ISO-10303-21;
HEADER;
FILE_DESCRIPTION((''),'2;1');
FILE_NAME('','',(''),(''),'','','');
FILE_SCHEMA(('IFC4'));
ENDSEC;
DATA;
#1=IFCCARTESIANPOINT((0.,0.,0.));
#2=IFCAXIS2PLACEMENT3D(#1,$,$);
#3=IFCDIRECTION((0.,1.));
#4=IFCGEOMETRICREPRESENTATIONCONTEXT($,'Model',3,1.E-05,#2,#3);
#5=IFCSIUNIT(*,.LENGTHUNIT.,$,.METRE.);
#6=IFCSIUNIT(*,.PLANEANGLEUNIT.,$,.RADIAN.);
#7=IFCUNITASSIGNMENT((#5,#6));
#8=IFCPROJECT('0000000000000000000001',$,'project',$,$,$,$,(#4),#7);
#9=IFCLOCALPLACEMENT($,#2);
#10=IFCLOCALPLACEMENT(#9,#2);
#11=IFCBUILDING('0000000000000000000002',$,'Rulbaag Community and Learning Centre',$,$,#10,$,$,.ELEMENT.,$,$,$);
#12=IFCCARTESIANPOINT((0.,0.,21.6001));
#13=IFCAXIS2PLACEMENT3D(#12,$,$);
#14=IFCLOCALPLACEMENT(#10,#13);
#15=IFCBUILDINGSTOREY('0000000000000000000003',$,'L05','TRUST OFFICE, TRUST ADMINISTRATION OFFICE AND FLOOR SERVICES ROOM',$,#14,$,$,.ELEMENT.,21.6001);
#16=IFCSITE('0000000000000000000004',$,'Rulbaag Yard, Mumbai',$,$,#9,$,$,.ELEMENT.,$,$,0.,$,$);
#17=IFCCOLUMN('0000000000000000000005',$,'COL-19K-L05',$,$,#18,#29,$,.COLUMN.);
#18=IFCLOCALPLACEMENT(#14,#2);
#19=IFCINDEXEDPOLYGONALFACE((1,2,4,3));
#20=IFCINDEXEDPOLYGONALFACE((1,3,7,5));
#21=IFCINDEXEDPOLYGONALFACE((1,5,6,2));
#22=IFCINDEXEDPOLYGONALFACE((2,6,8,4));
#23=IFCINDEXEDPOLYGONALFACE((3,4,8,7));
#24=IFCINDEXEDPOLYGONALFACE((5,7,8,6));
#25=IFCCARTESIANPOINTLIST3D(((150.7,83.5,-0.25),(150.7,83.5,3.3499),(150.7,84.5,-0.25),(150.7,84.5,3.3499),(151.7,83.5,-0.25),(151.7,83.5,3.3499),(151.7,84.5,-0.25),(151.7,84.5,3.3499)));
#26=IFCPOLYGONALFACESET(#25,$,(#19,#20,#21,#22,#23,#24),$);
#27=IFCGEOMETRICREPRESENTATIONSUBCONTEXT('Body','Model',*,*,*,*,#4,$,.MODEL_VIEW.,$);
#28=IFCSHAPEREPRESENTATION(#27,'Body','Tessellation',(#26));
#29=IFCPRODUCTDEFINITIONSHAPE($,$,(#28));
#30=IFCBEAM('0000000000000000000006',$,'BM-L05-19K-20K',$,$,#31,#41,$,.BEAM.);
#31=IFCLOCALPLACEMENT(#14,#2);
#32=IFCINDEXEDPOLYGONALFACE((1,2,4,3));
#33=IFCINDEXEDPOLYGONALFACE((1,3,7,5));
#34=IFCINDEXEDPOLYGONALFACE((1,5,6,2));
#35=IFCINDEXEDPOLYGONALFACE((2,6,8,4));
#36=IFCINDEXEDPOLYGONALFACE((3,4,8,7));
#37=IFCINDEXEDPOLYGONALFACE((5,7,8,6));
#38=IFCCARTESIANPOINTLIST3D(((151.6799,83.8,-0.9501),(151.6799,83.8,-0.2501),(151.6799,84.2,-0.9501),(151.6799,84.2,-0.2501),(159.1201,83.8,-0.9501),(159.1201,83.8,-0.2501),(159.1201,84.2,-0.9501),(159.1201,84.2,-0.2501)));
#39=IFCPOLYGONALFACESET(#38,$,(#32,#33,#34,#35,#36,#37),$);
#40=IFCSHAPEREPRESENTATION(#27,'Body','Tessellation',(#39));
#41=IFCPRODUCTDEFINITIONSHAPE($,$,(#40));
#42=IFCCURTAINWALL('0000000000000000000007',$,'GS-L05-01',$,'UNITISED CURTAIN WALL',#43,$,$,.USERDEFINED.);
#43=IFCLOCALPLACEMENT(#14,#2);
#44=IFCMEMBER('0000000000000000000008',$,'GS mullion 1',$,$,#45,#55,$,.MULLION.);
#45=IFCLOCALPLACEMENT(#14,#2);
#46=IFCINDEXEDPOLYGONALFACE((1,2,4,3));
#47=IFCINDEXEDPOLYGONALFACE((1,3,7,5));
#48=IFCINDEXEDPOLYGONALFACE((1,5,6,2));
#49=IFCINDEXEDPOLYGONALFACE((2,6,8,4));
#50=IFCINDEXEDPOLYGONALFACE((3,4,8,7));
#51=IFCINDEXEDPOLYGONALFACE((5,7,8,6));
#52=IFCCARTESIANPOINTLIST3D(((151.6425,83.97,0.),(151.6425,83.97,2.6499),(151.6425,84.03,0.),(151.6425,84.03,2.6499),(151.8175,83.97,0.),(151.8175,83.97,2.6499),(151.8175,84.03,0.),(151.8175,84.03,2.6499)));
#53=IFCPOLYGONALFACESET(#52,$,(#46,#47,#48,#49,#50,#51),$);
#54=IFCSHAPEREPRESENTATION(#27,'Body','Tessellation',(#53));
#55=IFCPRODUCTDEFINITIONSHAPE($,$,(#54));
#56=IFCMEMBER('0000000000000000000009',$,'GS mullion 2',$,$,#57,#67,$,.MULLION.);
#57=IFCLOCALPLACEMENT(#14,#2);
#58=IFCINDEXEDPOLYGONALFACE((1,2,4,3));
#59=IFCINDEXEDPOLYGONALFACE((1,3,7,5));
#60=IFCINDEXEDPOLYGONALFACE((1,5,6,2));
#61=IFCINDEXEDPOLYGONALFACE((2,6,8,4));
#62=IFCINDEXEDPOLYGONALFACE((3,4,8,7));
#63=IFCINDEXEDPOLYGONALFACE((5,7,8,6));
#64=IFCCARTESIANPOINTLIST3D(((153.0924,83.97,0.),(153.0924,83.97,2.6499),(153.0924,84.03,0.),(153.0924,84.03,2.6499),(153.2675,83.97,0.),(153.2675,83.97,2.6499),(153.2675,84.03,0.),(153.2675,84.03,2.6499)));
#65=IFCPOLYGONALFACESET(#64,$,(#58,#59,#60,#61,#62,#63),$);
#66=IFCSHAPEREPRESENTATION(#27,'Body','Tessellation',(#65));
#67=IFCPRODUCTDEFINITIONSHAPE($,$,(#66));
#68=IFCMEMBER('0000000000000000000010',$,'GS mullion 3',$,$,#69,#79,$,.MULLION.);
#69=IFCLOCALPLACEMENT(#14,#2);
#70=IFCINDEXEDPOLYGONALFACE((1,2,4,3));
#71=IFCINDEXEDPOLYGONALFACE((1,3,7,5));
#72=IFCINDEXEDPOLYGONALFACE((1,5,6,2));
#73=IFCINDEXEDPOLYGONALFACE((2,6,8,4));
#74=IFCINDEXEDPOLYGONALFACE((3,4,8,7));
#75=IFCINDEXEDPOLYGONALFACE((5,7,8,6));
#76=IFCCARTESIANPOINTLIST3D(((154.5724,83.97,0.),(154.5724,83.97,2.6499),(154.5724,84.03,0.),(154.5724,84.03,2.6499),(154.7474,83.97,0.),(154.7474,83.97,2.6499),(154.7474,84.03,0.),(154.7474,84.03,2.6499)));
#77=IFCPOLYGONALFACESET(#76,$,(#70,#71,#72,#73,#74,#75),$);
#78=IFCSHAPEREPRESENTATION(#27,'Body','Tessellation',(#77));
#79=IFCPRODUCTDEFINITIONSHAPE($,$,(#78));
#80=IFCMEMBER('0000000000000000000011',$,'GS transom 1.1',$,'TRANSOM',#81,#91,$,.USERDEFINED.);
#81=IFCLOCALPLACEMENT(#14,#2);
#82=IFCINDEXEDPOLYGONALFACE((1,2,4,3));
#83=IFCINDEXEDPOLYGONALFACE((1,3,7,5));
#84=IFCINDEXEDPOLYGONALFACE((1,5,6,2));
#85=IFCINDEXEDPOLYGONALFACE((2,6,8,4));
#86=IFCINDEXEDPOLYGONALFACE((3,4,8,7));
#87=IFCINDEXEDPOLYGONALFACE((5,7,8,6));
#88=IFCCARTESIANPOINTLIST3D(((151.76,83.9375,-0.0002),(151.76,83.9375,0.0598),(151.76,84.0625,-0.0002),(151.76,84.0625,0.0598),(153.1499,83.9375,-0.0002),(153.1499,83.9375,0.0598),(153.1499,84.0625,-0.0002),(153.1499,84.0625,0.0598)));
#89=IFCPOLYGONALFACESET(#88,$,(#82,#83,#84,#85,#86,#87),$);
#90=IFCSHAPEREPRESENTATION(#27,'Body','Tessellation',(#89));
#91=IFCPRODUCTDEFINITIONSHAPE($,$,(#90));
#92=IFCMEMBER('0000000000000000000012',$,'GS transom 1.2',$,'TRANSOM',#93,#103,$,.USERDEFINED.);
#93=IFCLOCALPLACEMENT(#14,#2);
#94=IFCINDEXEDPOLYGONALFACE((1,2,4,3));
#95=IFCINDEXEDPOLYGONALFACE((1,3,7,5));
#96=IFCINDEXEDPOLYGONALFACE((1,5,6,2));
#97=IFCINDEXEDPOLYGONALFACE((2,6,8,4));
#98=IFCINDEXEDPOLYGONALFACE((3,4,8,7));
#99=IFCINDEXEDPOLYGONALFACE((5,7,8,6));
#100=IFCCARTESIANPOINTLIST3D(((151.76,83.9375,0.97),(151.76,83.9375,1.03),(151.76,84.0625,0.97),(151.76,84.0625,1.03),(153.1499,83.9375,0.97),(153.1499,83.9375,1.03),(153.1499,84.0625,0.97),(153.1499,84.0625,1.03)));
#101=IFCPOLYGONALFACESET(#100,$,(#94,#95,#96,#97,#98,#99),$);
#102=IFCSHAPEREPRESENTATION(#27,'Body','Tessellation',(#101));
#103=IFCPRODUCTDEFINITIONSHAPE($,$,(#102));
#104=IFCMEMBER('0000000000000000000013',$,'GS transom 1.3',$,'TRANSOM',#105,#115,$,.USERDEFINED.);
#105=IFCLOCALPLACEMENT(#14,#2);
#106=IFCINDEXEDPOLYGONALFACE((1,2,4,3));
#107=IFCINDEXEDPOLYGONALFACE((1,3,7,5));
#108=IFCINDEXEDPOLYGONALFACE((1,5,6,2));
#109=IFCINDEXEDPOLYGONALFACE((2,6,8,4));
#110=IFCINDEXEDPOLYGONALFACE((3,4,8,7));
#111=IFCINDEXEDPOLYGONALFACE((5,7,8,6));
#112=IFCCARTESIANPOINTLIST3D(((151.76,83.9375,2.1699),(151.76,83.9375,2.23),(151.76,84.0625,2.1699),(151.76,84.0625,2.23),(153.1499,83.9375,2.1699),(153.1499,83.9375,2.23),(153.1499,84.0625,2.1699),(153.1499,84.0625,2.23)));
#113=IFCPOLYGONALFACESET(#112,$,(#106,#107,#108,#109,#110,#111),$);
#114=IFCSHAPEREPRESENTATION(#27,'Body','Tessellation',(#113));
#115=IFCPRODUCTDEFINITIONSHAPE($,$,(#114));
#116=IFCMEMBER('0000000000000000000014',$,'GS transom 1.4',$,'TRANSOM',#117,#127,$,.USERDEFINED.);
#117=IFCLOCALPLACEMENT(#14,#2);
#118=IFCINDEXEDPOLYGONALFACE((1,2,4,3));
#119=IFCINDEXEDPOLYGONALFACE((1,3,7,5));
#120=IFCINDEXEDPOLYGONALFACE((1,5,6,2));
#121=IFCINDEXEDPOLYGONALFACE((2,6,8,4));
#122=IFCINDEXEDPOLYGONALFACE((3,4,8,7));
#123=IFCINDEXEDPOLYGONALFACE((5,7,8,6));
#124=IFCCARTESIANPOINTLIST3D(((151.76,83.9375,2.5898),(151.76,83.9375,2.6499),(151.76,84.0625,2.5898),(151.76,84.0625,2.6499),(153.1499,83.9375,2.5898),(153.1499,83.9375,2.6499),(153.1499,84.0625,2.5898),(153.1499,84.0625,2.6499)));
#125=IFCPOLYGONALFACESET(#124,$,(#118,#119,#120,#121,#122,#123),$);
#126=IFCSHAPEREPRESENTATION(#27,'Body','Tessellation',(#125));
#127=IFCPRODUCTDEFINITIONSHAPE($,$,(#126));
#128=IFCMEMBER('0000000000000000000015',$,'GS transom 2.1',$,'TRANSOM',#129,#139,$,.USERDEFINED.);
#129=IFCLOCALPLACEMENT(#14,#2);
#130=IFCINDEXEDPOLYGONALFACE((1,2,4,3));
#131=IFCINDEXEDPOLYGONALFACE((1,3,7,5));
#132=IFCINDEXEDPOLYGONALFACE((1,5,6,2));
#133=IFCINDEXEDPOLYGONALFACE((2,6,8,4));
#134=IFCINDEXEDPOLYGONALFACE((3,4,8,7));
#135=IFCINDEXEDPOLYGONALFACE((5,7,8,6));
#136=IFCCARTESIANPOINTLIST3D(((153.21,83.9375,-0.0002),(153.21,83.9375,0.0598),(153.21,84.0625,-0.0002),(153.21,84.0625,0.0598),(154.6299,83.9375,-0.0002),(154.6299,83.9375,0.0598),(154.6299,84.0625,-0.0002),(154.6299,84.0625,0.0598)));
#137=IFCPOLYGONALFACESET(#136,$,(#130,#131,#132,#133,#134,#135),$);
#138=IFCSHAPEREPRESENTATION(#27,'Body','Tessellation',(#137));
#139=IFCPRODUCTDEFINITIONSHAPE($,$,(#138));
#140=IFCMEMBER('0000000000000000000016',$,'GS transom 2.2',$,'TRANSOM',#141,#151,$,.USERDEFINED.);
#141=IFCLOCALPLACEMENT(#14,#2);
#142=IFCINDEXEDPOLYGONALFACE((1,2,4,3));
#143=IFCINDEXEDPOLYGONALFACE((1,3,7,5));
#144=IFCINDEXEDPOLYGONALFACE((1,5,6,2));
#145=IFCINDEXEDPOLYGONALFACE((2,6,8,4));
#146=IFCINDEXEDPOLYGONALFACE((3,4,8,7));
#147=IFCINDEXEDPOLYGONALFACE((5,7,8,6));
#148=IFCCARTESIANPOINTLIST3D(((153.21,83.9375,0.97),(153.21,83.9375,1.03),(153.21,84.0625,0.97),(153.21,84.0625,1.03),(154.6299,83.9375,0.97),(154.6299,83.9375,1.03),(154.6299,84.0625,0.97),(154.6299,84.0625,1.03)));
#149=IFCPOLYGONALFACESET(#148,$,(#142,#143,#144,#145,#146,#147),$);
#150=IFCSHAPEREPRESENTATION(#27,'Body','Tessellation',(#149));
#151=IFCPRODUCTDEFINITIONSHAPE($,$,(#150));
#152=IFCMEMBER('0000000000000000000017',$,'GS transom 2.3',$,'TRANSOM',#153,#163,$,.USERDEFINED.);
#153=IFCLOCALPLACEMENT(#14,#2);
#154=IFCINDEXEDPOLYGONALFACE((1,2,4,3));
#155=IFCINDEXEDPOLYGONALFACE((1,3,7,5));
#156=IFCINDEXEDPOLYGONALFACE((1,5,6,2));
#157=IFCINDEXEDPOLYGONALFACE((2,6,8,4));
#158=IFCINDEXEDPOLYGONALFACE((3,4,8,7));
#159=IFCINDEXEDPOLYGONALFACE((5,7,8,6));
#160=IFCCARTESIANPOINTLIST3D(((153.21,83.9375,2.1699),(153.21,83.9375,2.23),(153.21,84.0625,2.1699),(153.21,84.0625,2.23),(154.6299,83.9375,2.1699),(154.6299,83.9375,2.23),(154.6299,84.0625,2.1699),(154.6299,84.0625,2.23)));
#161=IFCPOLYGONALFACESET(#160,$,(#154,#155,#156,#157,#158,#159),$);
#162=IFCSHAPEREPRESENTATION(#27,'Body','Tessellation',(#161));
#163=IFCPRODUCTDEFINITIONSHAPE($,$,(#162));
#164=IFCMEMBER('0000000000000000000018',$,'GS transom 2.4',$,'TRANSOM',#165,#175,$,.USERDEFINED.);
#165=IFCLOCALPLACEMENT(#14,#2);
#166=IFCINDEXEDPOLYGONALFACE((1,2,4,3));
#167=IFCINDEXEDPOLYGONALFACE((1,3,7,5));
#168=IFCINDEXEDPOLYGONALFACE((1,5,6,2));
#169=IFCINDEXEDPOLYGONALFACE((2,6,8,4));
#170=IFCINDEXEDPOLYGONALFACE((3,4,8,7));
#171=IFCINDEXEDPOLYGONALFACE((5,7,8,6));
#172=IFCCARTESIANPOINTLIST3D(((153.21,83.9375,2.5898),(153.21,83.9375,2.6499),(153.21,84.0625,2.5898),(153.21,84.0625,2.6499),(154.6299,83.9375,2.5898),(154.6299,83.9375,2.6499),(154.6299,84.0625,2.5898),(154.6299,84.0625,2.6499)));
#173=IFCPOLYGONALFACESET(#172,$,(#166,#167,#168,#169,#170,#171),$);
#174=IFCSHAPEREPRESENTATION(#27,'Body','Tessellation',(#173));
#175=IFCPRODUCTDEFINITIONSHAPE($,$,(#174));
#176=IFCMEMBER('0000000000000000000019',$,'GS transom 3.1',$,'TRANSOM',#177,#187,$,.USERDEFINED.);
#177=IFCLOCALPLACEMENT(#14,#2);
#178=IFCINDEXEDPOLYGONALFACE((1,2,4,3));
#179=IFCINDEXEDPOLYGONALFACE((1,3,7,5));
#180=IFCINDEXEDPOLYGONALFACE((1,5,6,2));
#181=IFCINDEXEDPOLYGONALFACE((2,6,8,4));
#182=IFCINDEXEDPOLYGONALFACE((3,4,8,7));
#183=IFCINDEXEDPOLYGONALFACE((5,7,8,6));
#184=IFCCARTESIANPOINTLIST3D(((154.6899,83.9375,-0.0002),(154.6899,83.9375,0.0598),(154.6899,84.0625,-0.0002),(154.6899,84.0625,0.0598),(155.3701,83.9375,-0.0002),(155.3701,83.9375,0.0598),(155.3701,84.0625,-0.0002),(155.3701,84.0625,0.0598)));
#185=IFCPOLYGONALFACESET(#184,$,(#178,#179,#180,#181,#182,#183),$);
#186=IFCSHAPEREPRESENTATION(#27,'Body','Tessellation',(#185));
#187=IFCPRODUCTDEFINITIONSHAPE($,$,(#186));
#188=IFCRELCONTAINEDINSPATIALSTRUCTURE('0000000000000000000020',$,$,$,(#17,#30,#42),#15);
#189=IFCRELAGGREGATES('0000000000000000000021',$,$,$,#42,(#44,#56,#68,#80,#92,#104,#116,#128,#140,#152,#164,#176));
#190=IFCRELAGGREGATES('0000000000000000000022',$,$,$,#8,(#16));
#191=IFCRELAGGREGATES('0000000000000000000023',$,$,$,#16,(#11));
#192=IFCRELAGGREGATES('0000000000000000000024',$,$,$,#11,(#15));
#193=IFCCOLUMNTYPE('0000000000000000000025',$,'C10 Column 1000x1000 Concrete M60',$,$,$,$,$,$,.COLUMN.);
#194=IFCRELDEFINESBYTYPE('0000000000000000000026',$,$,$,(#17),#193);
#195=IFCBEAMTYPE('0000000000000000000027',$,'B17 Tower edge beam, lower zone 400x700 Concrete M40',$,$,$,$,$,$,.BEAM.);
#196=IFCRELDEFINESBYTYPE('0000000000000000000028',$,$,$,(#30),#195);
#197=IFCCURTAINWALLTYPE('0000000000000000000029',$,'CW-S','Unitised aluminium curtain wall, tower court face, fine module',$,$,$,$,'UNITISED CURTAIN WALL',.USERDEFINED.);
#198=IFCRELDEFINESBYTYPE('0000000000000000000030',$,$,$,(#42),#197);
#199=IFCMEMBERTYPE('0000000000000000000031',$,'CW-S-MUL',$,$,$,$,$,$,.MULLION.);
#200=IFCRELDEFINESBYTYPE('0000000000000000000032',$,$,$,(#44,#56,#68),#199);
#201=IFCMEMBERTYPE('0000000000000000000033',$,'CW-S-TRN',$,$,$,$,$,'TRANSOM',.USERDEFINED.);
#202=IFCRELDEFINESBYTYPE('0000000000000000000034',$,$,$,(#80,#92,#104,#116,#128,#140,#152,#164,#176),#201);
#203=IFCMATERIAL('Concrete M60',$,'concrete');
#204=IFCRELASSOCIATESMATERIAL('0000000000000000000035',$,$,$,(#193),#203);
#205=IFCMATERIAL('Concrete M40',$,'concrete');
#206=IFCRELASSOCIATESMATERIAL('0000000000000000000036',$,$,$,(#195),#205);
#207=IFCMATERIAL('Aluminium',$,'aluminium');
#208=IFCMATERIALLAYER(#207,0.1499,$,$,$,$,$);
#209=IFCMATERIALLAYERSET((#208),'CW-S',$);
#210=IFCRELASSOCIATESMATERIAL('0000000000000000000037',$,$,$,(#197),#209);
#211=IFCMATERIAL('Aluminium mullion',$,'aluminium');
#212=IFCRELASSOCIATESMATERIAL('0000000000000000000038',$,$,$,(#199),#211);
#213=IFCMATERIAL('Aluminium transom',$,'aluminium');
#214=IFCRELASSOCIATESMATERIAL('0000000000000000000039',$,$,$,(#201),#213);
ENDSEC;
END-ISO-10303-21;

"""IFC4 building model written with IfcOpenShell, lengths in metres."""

from ifc_helpers import new_model, si_unit, direction, frame, origin, origin_2d, place, context, subcontext, project, spatial, rectangle, extrude, material, layer, layer_set, material_profile, profile_set, type_object, element, aggregate, save


model = new_model("IFC4")

# Units and contexts
model_context = context("Model", 3, precision=1e-05, world=origin(), true_north=direction((0.0, 1.0)))
body_context = subcontext(model_context, "Body", "Model", "MODEL_VIEW")
ifc_project = project(units=[si_unit("LENGTHUNIT", "METRE"), si_unit("PLANEANGLEUNIT", "RADIAN")], contexts=[model_context])

# Site, building, storey
site_placement = place(None, origin())
site = spatial("IfcSite", under=ifc_project, at=site_placement, Name="Rulbaag Yard, Mumbai", CompositionType="ELEMENT", RefElevation=0.0)
building_placement = place(site_placement, origin())
building = spatial("IfcBuilding", under=site, at=building_placement, Name="Rulbaag Community and Learning Centre", CompositionType="ELEMENT")
storey_placement = place(building_placement, frame((0.0, 0.0, 21.6001)))
storey = spatial("IfcBuildingStorey", under=building, at=storey_placement, Name="L05", Description="TRUST OFFICE, TRUST ADMINISTRATION OFFICE AND FLOOR SERVICES ROOM", CompositionType="ELEMENT", Elevation=21.6001)

# Column
ifc_material_1 = material(Name="Concrete M60", Category="concrete")
ifc_material_profile_1 = material_profile(ifc_material_1, rectangle(XDim=1.0, YDim=1.0, at=origin_2d()), Name="RC1000x1000")
ifc_profile_set_1 = profile_set([ifc_material_profile_1], Name="Concrete M60")
column_type = type_object("IfcColumnType", Name="C10 Column 1000x1000 Concrete M60", PredefinedType="COLUMN", material=ifc_profile_set_1)
column_placement = place(storey_placement, frame((151.2, 84.0, -0.25), z_axis=(0.0, 0.0, 1.0), x_axis=(1.0, 0.0, 0.0)))
element("IfcColumn", 1, at=column_placement, inside=storey, type_object=column_type, Name="COL-19K-L05", PredefinedType="COLUMN", context=body_context, shape_type="SweptSolid", body=[
    extrude(rectangle(XDim=1.0, YDim=1.0, at=origin_2d()), origin(), (0.0, 0.0, 1.0), 3.5999),
])

# Beam
ifc_material_2 = material(Name="Concrete M40", Category="concrete")
ifc_material_profile_2 = material_profile(ifc_material_2, rectangle(XDim=0.3999, YDim=0.7, at=origin_2d()), Name="RB400x700")
ifc_profile_set_2 = profile_set([ifc_material_profile_2], Name="Concrete M40")
beam_type = type_object("IfcBeamType", Name="B17 Tower edge beam, lower zone 400x700 Concrete M40", PredefinedType="BEAM", material=ifc_profile_set_2)
beam_placement = place(storey_placement, frame((151.6799, 84.0, -0.6001), z_axis=(1.0, 0.0, 0.0), x_axis=(0.0, 1.0, 0.0)))
element("IfcBeam", 2, at=beam_placement, inside=storey, type_object=beam_type, Name="BM-L05-19K-20K", PredefinedType="BEAM", context=body_context, shape_type="SweptSolid", body=[
    extrude(rectangle(XDim=0.3999, YDim=0.7, at=origin_2d()), origin(), (0.0, 0.0, 1.0), 7.4402),
])

# Curtain wall, members
ifc_material_3 = material(Name="Aluminium", Category="aluminium")
ifc_layer_1 = layer(ifc_material_3, 0.1499)
ifc_layer_set_1 = layer_set([ifc_layer_1], Name="CW-S")
curtain_wall_type = type_object("IfcCurtainWallType", Name="CW-S", Description="Unitised aluminium curtain wall, tower court face, fine module", ElementType="UNITISED CURTAIN WALL", PredefinedType="USERDEFINED", material=ifc_layer_set_1)
curtain_wall_placement = place(storey_placement, origin())
curtain_wall = element("IfcCurtainWall", 3, at=curtain_wall_placement, inside=storey, type_object=curtain_wall_type, Name="GS-L05-01", ObjectType="UNITISED CURTAIN WALL", PredefinedType="USERDEFINED")
ifc_material_4 = material(Name="Aluminium mullion", Category="aluminium")
ifc_material_profile_3 = material_profile(ifc_material_4, rectangle(XDim=0.0601, YDim=0.175, at=origin_2d()), Name="AL 60x175")
ifc_profile_set_3 = profile_set([ifc_material_profile_3], Name="Aluminium mullion")
member_type_1 = type_object("IfcMemberType", Name="CW-S-MUL", PredefinedType="MULLION", material=ifc_profile_set_3)
member_1_placement = place(storey_placement, frame((151.73, 84.0, 0.0), z_axis=(0.0, 0.0, 1.0), x_axis=(0.0, 1.0, 0.0)))
member_1 = element("IfcMember", 4, at=member_1_placement, type_object=member_type_1, Name="GS mullion 1", PredefinedType="MULLION", context=body_context, shape_type="SweptSolid", body=[
    extrude(rectangle(XDim=0.0601, YDim=0.175, at=origin_2d()), origin(), (0.0, 0.0, 1.0), 2.6499),
])
member_2_placement = place(storey_placement, frame((153.1799, 84.0, 0.0), z_axis=(0.0, 0.0, 1.0), x_axis=(0.0, 1.0, 0.0)))
member_2 = element("IfcMember", 5, at=member_2_placement, type_object=member_type_1, Name="GS mullion 2", PredefinedType="MULLION", context=body_context, shape_type="SweptSolid", body=[
    extrude(rectangle(XDim=0.0601, YDim=0.175, at=origin_2d()), origin(), (0.0, 0.0, 1.0), 2.6499),
])
member_3_placement = place(storey_placement, frame((154.6599, 84.0, 0.0), z_axis=(0.0, 0.0, 1.0), x_axis=(0.0, 1.0, 0.0)))
member_3 = element("IfcMember", 6, at=member_3_placement, type_object=member_type_1, Name="GS mullion 3", PredefinedType="MULLION", context=body_context, shape_type="SweptSolid", body=[
    extrude(rectangle(XDim=0.0601, YDim=0.175, at=origin_2d()), origin(), (0.0, 0.0, 1.0), 2.6499),
])
ifc_material_5 = material(Name="Aluminium transom", Category="aluminium")
ifc_material_profile_4 = material_profile(ifc_material_5, rectangle(XDim=0.125, YDim=0.0601, at=origin_2d()), Name="AL 60x125 T")
ifc_profile_set_4 = profile_set([ifc_material_profile_4], Name="Aluminium transom")
member_type_2 = type_object("IfcMemberType", Name="CW-S-TRN", ElementType="TRANSOM", PredefinedType="USERDEFINED", material=ifc_profile_set_4)
member_4_placement = place(storey_placement, frame((151.76, 84.0, 0.0298), z_axis=(1.0, 0.0, 0.0), x_axis=(0.0, 1.0, 0.0)))
member_4 = element("IfcMember", 7, at=member_4_placement, type_object=member_type_2, Name="GS transom 1.1", ObjectType="TRANSOM", PredefinedType="USERDEFINED", context=body_context, shape_type="SweptSolid", body=[
    extrude(rectangle(XDim=0.125, YDim=0.0601, at=origin_2d()), origin(), (0.0, 0.0, 1.0), 1.3899),
])
member_5_placement = place(storey_placement, frame((151.76, 84.0, 1.0), z_axis=(1.0, 0.0, 0.0), x_axis=(0.0, 1.0, 0.0)))
member_5 = element("IfcMember", 8, at=member_5_placement, type_object=member_type_2, Name="GS transom 1.2", ObjectType="TRANSOM", PredefinedType="USERDEFINED", context=body_context, shape_type="SweptSolid", body=[
    extrude(rectangle(XDim=0.125, YDim=0.0601, at=origin_2d()), origin(), (0.0, 0.0, 1.0), 1.3899),
])
member_6_placement = place(storey_placement, frame((151.76, 84.0, 2.2), z_axis=(1.0, 0.0, 0.0), x_axis=(0.0, 1.0, 0.0)))
member_6 = element("IfcMember", 9, at=member_6_placement, type_object=member_type_2, Name="GS transom 1.3", ObjectType="TRANSOM", PredefinedType="USERDEFINED", context=body_context, shape_type="SweptSolid", body=[
    extrude(rectangle(XDim=0.125, YDim=0.0601, at=origin_2d()), origin(), (0.0, 0.0, 1.0), 1.3899),
])
member_7_placement = place(storey_placement, frame((151.76, 84.0, 2.6199), z_axis=(1.0, 0.0, 0.0), x_axis=(0.0, 1.0, 0.0)))
member_7 = element("IfcMember", 10, at=member_7_placement, type_object=member_type_2, Name="GS transom 1.4", ObjectType="TRANSOM", PredefinedType="USERDEFINED", context=body_context, shape_type="SweptSolid", body=[
    extrude(rectangle(XDim=0.125, YDim=0.0601, at=origin_2d()), origin(), (0.0, 0.0, 1.0), 1.3899),
])
member_8_placement = place(storey_placement, frame((153.21, 84.0, 0.0298), z_axis=(1.0, 0.0, 0.0), x_axis=(0.0, 1.0, 0.0)))
member_8 = element("IfcMember", 11, at=member_8_placement, type_object=member_type_2, Name="GS transom 2.1", ObjectType="TRANSOM", PredefinedType="USERDEFINED", context=body_context, shape_type="SweptSolid", body=[
    extrude(rectangle(XDim=0.125, YDim=0.0601, at=origin_2d()), origin(), (0.0, 0.0, 1.0), 1.4199),
])
member_9_placement = place(storey_placement, frame((153.21, 84.0, 1.0), z_axis=(1.0, 0.0, 0.0), x_axis=(0.0, 1.0, 0.0)))
member_9 = element("IfcMember", 12, at=member_9_placement, type_object=member_type_2, Name="GS transom 2.2", ObjectType="TRANSOM", PredefinedType="USERDEFINED", context=body_context, shape_type="SweptSolid", body=[
    extrude(rectangle(XDim=0.125, YDim=0.0601, at=origin_2d()), origin(), (0.0, 0.0, 1.0), 1.4199),
])
member_10_placement = place(storey_placement, frame((153.21, 84.0, 2.2), z_axis=(1.0, 0.0, 0.0), x_axis=(0.0, 1.0, 0.0)))
member_10 = element("IfcMember", 13, at=member_10_placement, type_object=member_type_2, Name="GS transom 2.3", ObjectType="TRANSOM", PredefinedType="USERDEFINED", context=body_context, shape_type="SweptSolid", body=[
    extrude(rectangle(XDim=0.125, YDim=0.0601, at=origin_2d()), origin(), (0.0, 0.0, 1.0), 1.4199),
])
member_11_placement = place(storey_placement, frame((153.21, 84.0, 2.6199), z_axis=(1.0, 0.0, 0.0), x_axis=(0.0, 1.0, 0.0)))
member_11 = element("IfcMember", 14, at=member_11_placement, type_object=member_type_2, Name="GS transom 2.4", ObjectType="TRANSOM", PredefinedType="USERDEFINED", context=body_context, shape_type="SweptSolid", body=[
    extrude(rectangle(XDim=0.125, YDim=0.0601, at=origin_2d()), origin(), (0.0, 0.0, 1.0), 1.4199),
])
member_12_placement = place(storey_placement, frame((154.6899, 84.0, 0.0298), z_axis=(1.0, 0.0, 0.0), x_axis=(0.0, 1.0, 0.0)))
member_12 = element("IfcMember", 15, at=member_12_placement, type_object=member_type_2, Name="GS transom 3.1", ObjectType="TRANSOM", PredefinedType="USERDEFINED", context=body_context, shape_type="SweptSolid", body=[
    extrude(rectangle(XDim=0.125, YDim=0.0601, at=origin_2d()), origin(), (0.0, 0.0, 1.0), 0.6802),
])
aggregate(curtain_wall, [member_1, member_2, member_3, member_4, member_5, member_6, member_7, member_8, member_9, member_10, member_11, member_12])

save(model, "model.ifc")
